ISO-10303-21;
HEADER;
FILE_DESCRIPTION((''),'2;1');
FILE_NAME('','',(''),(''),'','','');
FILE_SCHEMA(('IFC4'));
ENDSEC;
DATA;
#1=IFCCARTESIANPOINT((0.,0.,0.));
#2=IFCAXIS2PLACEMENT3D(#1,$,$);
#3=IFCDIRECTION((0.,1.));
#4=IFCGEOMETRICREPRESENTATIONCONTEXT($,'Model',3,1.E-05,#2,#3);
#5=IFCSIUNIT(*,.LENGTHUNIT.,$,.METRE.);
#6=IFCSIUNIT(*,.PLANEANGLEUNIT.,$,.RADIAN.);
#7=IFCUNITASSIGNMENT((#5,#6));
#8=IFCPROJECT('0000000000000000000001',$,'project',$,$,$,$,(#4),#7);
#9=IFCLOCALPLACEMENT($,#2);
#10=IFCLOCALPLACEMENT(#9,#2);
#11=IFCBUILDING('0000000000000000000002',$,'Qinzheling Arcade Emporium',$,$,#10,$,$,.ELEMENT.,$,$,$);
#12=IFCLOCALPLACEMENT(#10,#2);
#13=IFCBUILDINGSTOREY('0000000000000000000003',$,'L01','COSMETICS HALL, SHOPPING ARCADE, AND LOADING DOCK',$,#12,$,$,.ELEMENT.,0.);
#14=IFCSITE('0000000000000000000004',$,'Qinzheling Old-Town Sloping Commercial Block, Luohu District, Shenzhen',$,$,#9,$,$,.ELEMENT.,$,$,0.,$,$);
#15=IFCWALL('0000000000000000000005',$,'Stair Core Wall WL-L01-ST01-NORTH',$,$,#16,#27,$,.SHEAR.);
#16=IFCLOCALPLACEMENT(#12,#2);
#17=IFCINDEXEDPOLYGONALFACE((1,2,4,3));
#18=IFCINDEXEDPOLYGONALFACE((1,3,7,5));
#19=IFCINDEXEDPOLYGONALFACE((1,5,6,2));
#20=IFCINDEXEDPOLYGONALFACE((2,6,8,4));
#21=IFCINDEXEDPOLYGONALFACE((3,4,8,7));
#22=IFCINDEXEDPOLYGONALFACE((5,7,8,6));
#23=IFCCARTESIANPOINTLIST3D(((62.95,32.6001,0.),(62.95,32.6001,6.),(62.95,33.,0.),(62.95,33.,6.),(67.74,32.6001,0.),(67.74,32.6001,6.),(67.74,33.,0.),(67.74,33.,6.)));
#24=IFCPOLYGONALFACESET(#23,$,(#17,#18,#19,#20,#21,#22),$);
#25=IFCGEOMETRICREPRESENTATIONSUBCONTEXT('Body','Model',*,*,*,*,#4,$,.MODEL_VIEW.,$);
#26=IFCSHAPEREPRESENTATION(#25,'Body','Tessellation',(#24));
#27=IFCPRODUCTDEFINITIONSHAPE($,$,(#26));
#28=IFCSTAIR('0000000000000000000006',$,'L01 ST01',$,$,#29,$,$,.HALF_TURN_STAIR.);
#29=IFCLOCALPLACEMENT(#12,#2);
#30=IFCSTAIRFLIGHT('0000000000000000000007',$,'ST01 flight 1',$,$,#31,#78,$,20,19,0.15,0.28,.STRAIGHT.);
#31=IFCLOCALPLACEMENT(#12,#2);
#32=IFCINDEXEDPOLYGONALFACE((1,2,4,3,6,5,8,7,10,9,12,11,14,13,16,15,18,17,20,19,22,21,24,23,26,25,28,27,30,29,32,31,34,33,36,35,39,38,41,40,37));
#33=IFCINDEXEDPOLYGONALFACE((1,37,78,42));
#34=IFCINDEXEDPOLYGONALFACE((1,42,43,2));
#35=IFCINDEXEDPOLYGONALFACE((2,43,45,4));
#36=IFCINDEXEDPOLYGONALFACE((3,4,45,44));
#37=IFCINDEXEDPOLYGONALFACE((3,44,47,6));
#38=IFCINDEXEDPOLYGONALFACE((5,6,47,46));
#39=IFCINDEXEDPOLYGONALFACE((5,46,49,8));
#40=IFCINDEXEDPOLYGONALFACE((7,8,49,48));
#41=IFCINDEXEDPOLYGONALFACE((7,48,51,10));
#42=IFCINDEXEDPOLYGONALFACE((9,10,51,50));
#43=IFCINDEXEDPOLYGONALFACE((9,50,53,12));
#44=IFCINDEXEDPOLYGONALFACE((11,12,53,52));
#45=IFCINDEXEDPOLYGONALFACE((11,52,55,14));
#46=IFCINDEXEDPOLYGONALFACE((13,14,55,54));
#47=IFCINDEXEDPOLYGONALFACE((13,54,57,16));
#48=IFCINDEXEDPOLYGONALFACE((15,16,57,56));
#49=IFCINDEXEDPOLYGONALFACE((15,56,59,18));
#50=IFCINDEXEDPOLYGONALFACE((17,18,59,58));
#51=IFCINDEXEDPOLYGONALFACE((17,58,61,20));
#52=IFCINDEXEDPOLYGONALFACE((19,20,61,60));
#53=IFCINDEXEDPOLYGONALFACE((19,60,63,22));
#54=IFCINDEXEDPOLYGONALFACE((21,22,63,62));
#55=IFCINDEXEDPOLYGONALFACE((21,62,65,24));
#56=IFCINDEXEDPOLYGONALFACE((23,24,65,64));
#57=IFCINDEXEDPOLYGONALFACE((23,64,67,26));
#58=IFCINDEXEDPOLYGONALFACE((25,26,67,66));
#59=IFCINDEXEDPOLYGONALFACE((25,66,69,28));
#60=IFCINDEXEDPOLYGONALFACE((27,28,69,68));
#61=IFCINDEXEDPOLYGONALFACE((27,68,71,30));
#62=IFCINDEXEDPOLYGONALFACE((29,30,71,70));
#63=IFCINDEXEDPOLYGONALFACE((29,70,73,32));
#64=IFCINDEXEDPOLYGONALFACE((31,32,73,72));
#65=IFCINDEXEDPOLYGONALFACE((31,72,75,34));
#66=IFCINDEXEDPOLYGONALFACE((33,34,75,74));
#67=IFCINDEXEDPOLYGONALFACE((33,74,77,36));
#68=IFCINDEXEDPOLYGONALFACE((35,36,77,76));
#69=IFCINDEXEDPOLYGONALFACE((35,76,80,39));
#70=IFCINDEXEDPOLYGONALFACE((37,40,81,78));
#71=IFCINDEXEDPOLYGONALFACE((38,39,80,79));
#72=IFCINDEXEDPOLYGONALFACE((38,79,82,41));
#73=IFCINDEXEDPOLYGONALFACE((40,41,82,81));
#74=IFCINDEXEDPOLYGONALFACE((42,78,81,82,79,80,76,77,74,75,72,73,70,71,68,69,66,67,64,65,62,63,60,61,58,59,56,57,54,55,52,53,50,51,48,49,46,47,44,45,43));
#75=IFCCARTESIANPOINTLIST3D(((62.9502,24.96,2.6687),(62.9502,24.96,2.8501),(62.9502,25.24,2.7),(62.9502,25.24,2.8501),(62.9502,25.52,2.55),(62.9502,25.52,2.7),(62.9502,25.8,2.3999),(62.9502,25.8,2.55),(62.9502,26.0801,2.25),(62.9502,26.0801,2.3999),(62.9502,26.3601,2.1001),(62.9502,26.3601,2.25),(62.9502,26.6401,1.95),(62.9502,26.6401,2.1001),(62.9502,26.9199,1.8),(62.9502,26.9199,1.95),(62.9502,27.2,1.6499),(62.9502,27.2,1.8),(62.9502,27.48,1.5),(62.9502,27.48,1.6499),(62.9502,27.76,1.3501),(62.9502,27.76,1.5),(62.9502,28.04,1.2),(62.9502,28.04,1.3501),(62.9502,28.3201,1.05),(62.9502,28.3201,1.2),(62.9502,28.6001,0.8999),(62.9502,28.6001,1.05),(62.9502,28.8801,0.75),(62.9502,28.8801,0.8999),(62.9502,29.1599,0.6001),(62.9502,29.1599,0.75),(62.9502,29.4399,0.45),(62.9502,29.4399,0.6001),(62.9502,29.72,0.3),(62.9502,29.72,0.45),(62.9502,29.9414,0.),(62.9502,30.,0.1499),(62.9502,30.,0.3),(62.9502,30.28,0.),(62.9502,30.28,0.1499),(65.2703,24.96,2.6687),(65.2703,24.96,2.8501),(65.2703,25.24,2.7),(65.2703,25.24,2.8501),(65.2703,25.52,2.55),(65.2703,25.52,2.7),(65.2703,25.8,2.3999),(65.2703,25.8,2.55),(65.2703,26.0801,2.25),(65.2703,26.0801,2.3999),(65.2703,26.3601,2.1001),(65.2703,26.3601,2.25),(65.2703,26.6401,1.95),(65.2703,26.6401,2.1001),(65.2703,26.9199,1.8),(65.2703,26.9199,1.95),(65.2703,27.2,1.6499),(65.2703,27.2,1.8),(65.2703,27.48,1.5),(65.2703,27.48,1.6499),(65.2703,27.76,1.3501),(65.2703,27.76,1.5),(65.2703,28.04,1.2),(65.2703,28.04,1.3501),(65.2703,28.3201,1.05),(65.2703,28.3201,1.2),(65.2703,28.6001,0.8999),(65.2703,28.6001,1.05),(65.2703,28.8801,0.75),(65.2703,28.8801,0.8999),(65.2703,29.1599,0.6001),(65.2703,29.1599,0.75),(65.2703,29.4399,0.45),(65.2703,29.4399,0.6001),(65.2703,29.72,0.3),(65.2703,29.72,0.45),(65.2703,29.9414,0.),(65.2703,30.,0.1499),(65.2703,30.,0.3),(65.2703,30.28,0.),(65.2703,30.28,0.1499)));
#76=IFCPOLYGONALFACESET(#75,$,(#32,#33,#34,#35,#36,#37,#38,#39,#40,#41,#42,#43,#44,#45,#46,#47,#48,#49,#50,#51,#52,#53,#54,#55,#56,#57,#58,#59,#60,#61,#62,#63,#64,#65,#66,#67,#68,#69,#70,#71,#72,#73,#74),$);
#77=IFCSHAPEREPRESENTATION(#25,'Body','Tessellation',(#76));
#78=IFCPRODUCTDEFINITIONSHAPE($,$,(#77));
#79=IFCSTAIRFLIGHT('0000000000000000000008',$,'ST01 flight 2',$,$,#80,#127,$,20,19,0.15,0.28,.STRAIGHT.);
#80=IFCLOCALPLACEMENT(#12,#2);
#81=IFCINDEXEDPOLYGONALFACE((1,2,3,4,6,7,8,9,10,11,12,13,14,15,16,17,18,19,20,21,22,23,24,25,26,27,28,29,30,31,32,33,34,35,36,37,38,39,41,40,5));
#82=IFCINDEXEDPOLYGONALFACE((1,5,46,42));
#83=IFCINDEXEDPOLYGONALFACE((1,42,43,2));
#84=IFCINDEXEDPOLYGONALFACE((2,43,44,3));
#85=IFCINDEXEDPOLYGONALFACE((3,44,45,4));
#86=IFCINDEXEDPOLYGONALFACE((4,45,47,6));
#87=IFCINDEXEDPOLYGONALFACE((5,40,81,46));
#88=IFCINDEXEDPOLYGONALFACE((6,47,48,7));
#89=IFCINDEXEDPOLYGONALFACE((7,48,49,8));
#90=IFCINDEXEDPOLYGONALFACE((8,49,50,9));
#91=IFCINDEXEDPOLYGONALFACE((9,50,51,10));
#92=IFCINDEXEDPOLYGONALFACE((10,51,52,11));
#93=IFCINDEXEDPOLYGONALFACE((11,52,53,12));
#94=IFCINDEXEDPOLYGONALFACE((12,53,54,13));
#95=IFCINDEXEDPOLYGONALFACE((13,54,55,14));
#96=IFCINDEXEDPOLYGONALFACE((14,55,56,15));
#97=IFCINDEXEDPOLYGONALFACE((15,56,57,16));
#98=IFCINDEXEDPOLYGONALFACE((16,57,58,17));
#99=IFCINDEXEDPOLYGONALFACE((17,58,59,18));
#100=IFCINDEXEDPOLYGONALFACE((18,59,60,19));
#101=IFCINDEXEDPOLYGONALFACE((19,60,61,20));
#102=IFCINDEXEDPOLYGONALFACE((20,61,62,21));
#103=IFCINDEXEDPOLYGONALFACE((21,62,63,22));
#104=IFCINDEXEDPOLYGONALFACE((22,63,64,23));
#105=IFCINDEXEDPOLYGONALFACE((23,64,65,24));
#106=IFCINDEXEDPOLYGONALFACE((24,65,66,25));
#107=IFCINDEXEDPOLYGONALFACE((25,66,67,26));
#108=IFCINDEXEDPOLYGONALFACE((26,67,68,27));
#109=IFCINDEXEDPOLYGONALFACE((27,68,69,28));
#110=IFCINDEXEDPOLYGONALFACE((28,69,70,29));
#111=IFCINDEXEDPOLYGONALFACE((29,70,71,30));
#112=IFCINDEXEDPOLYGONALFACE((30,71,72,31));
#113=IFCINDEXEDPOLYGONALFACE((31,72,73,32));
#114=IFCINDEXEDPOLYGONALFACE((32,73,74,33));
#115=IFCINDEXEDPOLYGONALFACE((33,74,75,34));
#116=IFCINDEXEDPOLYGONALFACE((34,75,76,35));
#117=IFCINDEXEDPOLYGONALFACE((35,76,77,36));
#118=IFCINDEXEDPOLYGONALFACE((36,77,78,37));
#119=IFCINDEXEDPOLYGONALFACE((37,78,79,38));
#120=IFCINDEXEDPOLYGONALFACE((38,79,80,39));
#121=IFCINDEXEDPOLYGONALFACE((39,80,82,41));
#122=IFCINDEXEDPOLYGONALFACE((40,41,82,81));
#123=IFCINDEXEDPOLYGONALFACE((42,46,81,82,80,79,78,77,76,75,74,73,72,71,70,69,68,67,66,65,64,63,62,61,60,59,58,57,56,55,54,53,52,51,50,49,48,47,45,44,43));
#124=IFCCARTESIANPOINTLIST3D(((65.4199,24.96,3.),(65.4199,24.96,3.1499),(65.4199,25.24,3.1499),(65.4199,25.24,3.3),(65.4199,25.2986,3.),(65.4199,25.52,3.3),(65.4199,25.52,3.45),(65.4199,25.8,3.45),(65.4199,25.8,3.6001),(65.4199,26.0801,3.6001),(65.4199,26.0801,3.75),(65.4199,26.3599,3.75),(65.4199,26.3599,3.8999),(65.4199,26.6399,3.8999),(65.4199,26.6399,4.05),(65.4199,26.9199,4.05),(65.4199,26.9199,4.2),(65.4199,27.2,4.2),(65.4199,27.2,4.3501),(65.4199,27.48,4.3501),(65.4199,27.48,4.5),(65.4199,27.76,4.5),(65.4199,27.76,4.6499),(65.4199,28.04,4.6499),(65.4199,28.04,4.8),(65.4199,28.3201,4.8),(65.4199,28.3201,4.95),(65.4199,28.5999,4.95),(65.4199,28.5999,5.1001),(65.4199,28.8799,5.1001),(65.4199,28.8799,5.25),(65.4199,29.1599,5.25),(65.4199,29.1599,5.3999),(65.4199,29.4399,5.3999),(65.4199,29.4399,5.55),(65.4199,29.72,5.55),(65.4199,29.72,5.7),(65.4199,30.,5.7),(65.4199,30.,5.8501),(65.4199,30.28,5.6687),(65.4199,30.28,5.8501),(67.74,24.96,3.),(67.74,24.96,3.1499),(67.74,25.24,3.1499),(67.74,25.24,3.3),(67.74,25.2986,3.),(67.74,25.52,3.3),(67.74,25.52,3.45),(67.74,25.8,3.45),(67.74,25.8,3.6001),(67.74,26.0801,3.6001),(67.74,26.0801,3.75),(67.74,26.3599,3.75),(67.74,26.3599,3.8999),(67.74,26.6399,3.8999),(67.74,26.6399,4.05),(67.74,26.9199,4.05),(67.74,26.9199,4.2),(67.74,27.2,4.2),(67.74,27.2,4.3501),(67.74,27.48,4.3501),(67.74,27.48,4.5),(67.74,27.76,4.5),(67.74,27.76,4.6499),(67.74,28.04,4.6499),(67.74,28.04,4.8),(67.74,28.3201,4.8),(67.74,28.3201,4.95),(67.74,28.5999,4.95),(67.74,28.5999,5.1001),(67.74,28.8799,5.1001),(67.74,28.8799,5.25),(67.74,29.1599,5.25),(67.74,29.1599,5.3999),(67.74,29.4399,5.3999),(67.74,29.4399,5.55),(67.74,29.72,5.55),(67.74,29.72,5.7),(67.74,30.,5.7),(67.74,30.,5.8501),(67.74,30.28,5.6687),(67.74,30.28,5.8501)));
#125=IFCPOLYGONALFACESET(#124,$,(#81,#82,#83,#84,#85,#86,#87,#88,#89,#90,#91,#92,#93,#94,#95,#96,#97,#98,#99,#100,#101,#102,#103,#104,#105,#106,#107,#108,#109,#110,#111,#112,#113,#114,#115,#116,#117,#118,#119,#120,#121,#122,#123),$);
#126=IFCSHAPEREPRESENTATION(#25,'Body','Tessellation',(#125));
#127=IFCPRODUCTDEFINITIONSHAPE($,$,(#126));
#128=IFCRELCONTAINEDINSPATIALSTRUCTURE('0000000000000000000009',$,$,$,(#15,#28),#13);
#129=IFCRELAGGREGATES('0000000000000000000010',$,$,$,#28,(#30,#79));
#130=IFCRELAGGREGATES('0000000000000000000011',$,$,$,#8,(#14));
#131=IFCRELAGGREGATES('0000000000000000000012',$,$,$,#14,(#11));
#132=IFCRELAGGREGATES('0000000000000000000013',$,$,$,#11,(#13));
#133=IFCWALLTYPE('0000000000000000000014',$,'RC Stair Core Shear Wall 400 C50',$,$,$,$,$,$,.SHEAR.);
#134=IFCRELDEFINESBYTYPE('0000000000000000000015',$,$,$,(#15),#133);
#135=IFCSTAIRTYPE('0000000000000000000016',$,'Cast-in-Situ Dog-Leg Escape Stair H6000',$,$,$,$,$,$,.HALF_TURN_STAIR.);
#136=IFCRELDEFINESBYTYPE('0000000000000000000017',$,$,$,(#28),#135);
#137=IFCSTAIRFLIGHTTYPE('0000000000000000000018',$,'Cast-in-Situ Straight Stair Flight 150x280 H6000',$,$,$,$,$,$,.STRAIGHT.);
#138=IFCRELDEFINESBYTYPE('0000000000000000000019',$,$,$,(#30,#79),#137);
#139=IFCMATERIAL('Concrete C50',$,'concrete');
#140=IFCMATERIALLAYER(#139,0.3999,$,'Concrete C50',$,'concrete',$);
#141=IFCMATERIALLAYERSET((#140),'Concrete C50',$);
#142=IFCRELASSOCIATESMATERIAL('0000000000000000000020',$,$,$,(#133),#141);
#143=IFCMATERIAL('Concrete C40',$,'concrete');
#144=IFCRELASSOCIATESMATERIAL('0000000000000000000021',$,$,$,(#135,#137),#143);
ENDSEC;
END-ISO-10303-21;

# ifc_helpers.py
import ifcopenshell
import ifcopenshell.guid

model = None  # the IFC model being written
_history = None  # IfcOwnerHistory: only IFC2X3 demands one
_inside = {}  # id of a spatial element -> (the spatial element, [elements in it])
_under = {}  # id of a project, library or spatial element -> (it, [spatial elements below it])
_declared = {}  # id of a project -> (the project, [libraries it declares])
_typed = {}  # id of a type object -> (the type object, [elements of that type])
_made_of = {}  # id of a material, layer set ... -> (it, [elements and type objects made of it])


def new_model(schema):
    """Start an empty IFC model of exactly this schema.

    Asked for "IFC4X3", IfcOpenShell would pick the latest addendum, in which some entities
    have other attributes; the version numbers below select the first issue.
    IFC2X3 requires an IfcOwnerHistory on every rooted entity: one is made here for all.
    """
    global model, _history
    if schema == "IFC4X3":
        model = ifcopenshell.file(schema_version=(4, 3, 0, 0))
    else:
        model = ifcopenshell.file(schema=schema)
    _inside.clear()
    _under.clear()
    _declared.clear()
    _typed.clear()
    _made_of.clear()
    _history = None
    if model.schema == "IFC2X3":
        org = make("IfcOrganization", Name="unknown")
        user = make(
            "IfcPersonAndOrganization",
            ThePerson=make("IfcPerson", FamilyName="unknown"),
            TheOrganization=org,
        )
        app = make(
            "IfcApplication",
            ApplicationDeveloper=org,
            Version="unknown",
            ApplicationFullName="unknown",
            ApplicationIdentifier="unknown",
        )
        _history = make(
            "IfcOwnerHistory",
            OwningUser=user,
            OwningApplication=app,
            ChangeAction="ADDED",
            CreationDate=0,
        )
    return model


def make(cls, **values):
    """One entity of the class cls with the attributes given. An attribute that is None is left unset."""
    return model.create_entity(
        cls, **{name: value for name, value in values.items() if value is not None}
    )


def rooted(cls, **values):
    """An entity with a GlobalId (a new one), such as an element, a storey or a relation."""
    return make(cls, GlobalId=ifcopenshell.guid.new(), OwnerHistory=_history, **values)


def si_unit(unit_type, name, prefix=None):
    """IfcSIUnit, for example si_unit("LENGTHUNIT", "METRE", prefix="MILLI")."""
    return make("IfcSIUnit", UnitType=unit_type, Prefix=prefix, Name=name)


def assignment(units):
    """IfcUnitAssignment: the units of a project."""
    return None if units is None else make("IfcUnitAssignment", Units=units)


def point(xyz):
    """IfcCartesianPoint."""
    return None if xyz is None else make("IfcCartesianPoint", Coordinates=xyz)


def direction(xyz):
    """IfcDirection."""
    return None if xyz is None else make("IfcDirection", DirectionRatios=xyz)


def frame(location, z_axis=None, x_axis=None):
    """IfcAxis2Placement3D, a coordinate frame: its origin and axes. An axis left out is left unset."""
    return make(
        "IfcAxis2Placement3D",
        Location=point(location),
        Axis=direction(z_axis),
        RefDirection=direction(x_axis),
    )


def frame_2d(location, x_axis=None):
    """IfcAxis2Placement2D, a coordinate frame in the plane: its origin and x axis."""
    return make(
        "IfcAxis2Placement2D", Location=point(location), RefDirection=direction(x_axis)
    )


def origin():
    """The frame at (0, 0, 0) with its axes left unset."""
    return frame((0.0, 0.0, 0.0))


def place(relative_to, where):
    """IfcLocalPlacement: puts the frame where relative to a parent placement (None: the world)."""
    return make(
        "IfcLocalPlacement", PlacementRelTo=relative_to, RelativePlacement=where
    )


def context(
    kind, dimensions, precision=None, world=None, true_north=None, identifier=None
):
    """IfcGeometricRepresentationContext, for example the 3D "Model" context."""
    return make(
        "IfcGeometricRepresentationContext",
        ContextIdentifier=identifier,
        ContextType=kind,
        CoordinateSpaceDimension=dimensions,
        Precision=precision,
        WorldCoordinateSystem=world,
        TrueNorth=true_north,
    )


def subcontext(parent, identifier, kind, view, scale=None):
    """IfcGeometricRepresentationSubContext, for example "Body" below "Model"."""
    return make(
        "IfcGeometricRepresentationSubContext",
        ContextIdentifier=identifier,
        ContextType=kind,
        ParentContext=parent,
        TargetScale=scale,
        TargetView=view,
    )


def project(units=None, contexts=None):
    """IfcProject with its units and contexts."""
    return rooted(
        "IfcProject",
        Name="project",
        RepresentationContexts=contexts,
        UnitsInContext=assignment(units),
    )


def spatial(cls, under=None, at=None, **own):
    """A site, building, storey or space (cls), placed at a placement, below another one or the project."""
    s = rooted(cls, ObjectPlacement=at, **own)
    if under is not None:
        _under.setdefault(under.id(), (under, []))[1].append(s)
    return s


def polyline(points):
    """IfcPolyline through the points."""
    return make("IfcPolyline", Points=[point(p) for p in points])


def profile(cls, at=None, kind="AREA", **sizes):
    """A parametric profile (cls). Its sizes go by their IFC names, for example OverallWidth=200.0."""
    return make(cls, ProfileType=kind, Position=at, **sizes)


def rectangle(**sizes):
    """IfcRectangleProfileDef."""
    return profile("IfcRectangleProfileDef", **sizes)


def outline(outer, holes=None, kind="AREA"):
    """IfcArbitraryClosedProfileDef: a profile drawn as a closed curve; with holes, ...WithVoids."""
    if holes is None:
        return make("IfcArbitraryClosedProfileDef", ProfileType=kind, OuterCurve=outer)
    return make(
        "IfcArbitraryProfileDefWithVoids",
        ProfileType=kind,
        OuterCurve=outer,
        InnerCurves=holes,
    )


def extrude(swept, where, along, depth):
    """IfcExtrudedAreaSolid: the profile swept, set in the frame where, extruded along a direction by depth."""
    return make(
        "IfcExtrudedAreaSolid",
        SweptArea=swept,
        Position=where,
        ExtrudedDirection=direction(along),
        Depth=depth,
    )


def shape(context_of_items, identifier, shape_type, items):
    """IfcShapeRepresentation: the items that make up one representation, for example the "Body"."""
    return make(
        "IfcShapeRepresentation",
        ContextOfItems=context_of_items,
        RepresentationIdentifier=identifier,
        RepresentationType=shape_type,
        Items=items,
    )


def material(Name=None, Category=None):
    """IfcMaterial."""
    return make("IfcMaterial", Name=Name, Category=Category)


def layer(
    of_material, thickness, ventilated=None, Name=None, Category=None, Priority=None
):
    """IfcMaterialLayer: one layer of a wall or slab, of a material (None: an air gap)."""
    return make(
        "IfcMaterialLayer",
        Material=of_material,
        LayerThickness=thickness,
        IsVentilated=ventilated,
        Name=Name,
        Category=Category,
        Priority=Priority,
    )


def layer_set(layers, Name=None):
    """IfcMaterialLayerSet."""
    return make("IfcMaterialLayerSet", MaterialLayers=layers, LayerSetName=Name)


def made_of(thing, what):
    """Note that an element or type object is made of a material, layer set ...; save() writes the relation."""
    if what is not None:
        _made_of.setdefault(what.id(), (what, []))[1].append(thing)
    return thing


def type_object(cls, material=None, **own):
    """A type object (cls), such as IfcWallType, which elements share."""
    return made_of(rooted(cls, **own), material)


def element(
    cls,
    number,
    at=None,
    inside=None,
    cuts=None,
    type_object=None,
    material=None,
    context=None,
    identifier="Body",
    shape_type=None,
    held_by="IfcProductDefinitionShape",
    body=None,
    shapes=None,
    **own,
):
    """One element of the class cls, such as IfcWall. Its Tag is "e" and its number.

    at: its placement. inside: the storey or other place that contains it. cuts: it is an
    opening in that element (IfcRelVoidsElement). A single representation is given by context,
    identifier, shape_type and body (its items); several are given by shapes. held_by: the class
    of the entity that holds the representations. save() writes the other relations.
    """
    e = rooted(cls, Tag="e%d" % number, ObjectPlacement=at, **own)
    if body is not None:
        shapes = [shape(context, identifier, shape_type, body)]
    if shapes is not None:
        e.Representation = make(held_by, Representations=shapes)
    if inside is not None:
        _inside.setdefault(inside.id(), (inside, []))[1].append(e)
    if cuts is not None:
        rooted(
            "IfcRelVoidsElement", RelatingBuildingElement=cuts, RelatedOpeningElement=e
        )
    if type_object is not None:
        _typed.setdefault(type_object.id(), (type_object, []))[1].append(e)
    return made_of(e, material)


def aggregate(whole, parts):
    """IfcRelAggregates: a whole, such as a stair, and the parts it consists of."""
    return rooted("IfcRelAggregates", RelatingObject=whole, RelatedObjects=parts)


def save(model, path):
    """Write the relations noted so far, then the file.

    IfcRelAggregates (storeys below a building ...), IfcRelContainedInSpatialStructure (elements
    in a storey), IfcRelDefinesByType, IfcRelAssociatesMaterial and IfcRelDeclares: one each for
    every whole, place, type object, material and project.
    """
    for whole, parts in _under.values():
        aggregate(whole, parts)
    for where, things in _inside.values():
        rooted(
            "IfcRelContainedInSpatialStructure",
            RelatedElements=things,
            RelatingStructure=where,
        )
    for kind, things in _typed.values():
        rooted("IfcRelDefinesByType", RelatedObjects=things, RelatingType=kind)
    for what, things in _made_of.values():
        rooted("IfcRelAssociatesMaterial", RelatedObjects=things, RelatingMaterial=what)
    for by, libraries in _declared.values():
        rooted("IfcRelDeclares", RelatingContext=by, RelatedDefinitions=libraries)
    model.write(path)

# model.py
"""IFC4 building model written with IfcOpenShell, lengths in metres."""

from ifc_helpers import new_model, si_unit, direction, frame, frame_2d, origin, place, context, subcontext, project, spatial, polyline, rectangle, outline, extrude, material, layer, layer_set, type_object, element, aggregate, save


model = new_model("IFC4")

# Units and contexts
model_context = context("Model", 3, precision=1e-05, world=origin(), true_north=direction((0.0, 1.0)))
body_context = subcontext(model_context, "Body", "Model", "MODEL_VIEW")
ifc_project = project(units=[si_unit("LENGTHUNIT", "METRE"), si_unit("PLANEANGLEUNIT", "RADIAN")], contexts=[model_context])

# Site, building, storey
site_placement = place(None, origin())
site = spatial("IfcSite", under=ifc_project, at=site_placement, Name="Qinzheling Old-Town Sloping Commercial Block, Luohu District, Shenzhen", CompositionType="ELEMENT", RefElevation=0.0)
building_placement = place(site_placement, origin())
building = spatial("IfcBuilding", under=site, at=building_placement, Name="Qinzheling Arcade Emporium", CompositionType="ELEMENT")
storey_placement = place(building_placement, origin())
storey = spatial("IfcBuildingStorey", under=building, at=storey_placement, Name="L01", Description="COSMETICS HALL, SHOPPING ARCADE, AND LOADING DOCK", CompositionType="ELEMENT", Elevation=0.0)

# Shared definitions
ifc_material_1 = material(Name="Concrete C50", Category="concrete")

# Shared definitions
ifc_material_2 = material(Name="Concrete C40", Category="concrete")

# Shared definitions
ifc_layer_1 = layer(ifc_material_1, 0.3999, Name="Concrete C50", Category="concrete")
ifc_layer_set_1 = layer_set([ifc_layer_1], Name="Concrete C50")
wall_type_1 = type_object("IfcWallType", Name="RC Stair Core Shear Wall 400 C50", PredefinedType="SHEAR", material=ifc_layer_set_1)

# Wall
wall_1_placement = place(storey_placement, frame((62.95, 32.8, 0.0), z_axis=(0.0, 0.0, 1.0), x_axis=(1.0, 0.0, 0.0)))
element("IfcWall", 1, at=wall_1_placement, inside=storey, type_object=wall_type_1, Name="Stair Core Wall WL-L01-ST01-NORTH", PredefinedType="SHEAR", context=body_context, shape_type="SweptSolid", body=[
    extrude(rectangle(XDim=4.79, YDim=0.3999, at=frame_2d((2.395, 0.0))), origin(), (0.0, 0.0, 1.0), 6.0),
])

# Stair, stair flights
stair_type = type_object("IfcStairType", Name="Cast-in-Situ Dog-Leg Escape Stair H6000", PredefinedType="HALF_TURN_STAIR", material=ifc_material_2)
stair_placement = place(storey_placement, origin())
stair = element("IfcStair", 2, at=stair_placement, inside=storey, type_object=stair_type, Name="L01 ST01", PredefinedType="HALF_TURN_STAIR")
stair_flight_type = type_object("IfcStairFlightType", Name="Cast-in-Situ Straight Stair Flight 150x280 H6000", PredefinedType="STRAIGHT", material=ifc_material_2)
stair_flight_1_placement = place(storey_placement, frame((64.1101, 30.28, 0.0), z_axis=(0.0, 0.0, 1.0), x_axis=(0.0, -1.0, 0.0)))
stair_flight_1 = element("IfcStairFlight", 3, at=stair_flight_1_placement, type_object=stair_flight_type, Name="ST01 flight 1", NumberOfRisers=20, NumberOfTreads=19, PredefinedType="STRAIGHT", RiserHeight=0.15, TreadLength=0.28, context=body_context, shape_type="SweptSolid", body=[
    extrude(outline(polyline([(0.0, 0.0), (0.0, 0.1499), (0.28, 0.1499), (0.28, 0.3), (0.5601, 0.3), (0.5601, 0.45), (0.8401, 0.45), (0.8401, 0.6001), (1.1201, 0.6001), (1.1201, 0.75), (1.3999, 0.75), (1.3999, 0.8999), (1.6799, 0.8999), (1.6799, 1.05), (1.96, 1.05), (1.96, 1.2), (2.24, 1.2), (2.24, 1.3501), (2.52, 1.3501), (2.52, 1.5), (2.8, 1.5), (2.8, 1.6499), (3.0801, 1.6499), (3.0801, 1.8), (3.3601, 1.8), (3.3601, 1.95), (3.6399, 1.95), (3.6399, 2.1001), (3.9199, 2.1001), (3.9199, 2.25), (4.2, 2.25), (4.2, 2.3999), (4.48, 2.3999), (4.48, 2.55), (4.76, 2.55), (4.76, 2.7), (5.04, 2.7), (5.04, 2.8501), (5.3201, 2.8501), (5.3201, 3.0), (5.3201, 2.6687), (0.3386, 0.0), (0.0, 0.0)])), frame((0.0, 1.1602, 0.0), z_axis=(0.0, -1.0, 0.0), x_axis=(1.0, 0.0, 0.0)), (0.0, 0.0, 1.0), 2.3201),
])
stair_flight_2_placement = place(storey_placement, frame((66.5801, 24.96, 3.0), z_axis=(0.0, 0.0, 1.0), x_axis=(0.0, 1.0, 0.0)))
stair_flight_2 = element("IfcStairFlight", 4, at=stair_flight_2_placement, type_object=stair_flight_type, Name="ST01 flight 2", NumberOfRisers=20, NumberOfTreads=19, PredefinedType="STRAIGHT", RiserHeight=0.15, TreadLength=0.28, context=body_context, shape_type="SweptSolid", body=[
    extrude(outline(polyline([(0.0, 0.0), (0.0, 0.1499), (0.28, 0.1499), (0.28, 0.3), (0.5601, 0.3), (0.5601, 0.45), (0.8401, 0.45), (0.8401, 0.6001), (1.1201, 0.6001), (1.1201, 0.75), (1.3999, 0.75), (1.3999, 0.8999), (1.6799, 0.8999), (1.6799, 1.05), (1.96, 1.05), (1.96, 1.2), (2.24, 1.2), (2.24, 1.3501), (2.52, 1.3501), (2.52, 1.5), (2.8, 1.5), (2.8, 1.6499), (3.0801, 1.6499), (3.0801, 1.8), (3.3601, 1.8), (3.3601, 1.95), (3.6399, 1.95), (3.6399, 2.1001), (3.9199, 2.1001), (3.9199, 2.25), (4.2, 2.25), (4.2, 2.3999), (4.48, 2.3999), (4.48, 2.55), (4.76, 2.55), (4.76, 2.7), (5.04, 2.7), (5.04, 2.8501), (5.3201, 2.8501), (5.3201, 3.0), (5.3201, 2.6687), (0.3386, 0.0), (0.0, 0.0)])), frame((0.0, 1.1602, 0.0), z_axis=(0.0, -1.0, 0.0), x_axis=(1.0, 0.0, 0.0)), (0.0, 0.0, 1.0), 2.3201),
])
aggregate(stair, [stair_flight_1, stair_flight_2])

save(model, "model.ifc")
